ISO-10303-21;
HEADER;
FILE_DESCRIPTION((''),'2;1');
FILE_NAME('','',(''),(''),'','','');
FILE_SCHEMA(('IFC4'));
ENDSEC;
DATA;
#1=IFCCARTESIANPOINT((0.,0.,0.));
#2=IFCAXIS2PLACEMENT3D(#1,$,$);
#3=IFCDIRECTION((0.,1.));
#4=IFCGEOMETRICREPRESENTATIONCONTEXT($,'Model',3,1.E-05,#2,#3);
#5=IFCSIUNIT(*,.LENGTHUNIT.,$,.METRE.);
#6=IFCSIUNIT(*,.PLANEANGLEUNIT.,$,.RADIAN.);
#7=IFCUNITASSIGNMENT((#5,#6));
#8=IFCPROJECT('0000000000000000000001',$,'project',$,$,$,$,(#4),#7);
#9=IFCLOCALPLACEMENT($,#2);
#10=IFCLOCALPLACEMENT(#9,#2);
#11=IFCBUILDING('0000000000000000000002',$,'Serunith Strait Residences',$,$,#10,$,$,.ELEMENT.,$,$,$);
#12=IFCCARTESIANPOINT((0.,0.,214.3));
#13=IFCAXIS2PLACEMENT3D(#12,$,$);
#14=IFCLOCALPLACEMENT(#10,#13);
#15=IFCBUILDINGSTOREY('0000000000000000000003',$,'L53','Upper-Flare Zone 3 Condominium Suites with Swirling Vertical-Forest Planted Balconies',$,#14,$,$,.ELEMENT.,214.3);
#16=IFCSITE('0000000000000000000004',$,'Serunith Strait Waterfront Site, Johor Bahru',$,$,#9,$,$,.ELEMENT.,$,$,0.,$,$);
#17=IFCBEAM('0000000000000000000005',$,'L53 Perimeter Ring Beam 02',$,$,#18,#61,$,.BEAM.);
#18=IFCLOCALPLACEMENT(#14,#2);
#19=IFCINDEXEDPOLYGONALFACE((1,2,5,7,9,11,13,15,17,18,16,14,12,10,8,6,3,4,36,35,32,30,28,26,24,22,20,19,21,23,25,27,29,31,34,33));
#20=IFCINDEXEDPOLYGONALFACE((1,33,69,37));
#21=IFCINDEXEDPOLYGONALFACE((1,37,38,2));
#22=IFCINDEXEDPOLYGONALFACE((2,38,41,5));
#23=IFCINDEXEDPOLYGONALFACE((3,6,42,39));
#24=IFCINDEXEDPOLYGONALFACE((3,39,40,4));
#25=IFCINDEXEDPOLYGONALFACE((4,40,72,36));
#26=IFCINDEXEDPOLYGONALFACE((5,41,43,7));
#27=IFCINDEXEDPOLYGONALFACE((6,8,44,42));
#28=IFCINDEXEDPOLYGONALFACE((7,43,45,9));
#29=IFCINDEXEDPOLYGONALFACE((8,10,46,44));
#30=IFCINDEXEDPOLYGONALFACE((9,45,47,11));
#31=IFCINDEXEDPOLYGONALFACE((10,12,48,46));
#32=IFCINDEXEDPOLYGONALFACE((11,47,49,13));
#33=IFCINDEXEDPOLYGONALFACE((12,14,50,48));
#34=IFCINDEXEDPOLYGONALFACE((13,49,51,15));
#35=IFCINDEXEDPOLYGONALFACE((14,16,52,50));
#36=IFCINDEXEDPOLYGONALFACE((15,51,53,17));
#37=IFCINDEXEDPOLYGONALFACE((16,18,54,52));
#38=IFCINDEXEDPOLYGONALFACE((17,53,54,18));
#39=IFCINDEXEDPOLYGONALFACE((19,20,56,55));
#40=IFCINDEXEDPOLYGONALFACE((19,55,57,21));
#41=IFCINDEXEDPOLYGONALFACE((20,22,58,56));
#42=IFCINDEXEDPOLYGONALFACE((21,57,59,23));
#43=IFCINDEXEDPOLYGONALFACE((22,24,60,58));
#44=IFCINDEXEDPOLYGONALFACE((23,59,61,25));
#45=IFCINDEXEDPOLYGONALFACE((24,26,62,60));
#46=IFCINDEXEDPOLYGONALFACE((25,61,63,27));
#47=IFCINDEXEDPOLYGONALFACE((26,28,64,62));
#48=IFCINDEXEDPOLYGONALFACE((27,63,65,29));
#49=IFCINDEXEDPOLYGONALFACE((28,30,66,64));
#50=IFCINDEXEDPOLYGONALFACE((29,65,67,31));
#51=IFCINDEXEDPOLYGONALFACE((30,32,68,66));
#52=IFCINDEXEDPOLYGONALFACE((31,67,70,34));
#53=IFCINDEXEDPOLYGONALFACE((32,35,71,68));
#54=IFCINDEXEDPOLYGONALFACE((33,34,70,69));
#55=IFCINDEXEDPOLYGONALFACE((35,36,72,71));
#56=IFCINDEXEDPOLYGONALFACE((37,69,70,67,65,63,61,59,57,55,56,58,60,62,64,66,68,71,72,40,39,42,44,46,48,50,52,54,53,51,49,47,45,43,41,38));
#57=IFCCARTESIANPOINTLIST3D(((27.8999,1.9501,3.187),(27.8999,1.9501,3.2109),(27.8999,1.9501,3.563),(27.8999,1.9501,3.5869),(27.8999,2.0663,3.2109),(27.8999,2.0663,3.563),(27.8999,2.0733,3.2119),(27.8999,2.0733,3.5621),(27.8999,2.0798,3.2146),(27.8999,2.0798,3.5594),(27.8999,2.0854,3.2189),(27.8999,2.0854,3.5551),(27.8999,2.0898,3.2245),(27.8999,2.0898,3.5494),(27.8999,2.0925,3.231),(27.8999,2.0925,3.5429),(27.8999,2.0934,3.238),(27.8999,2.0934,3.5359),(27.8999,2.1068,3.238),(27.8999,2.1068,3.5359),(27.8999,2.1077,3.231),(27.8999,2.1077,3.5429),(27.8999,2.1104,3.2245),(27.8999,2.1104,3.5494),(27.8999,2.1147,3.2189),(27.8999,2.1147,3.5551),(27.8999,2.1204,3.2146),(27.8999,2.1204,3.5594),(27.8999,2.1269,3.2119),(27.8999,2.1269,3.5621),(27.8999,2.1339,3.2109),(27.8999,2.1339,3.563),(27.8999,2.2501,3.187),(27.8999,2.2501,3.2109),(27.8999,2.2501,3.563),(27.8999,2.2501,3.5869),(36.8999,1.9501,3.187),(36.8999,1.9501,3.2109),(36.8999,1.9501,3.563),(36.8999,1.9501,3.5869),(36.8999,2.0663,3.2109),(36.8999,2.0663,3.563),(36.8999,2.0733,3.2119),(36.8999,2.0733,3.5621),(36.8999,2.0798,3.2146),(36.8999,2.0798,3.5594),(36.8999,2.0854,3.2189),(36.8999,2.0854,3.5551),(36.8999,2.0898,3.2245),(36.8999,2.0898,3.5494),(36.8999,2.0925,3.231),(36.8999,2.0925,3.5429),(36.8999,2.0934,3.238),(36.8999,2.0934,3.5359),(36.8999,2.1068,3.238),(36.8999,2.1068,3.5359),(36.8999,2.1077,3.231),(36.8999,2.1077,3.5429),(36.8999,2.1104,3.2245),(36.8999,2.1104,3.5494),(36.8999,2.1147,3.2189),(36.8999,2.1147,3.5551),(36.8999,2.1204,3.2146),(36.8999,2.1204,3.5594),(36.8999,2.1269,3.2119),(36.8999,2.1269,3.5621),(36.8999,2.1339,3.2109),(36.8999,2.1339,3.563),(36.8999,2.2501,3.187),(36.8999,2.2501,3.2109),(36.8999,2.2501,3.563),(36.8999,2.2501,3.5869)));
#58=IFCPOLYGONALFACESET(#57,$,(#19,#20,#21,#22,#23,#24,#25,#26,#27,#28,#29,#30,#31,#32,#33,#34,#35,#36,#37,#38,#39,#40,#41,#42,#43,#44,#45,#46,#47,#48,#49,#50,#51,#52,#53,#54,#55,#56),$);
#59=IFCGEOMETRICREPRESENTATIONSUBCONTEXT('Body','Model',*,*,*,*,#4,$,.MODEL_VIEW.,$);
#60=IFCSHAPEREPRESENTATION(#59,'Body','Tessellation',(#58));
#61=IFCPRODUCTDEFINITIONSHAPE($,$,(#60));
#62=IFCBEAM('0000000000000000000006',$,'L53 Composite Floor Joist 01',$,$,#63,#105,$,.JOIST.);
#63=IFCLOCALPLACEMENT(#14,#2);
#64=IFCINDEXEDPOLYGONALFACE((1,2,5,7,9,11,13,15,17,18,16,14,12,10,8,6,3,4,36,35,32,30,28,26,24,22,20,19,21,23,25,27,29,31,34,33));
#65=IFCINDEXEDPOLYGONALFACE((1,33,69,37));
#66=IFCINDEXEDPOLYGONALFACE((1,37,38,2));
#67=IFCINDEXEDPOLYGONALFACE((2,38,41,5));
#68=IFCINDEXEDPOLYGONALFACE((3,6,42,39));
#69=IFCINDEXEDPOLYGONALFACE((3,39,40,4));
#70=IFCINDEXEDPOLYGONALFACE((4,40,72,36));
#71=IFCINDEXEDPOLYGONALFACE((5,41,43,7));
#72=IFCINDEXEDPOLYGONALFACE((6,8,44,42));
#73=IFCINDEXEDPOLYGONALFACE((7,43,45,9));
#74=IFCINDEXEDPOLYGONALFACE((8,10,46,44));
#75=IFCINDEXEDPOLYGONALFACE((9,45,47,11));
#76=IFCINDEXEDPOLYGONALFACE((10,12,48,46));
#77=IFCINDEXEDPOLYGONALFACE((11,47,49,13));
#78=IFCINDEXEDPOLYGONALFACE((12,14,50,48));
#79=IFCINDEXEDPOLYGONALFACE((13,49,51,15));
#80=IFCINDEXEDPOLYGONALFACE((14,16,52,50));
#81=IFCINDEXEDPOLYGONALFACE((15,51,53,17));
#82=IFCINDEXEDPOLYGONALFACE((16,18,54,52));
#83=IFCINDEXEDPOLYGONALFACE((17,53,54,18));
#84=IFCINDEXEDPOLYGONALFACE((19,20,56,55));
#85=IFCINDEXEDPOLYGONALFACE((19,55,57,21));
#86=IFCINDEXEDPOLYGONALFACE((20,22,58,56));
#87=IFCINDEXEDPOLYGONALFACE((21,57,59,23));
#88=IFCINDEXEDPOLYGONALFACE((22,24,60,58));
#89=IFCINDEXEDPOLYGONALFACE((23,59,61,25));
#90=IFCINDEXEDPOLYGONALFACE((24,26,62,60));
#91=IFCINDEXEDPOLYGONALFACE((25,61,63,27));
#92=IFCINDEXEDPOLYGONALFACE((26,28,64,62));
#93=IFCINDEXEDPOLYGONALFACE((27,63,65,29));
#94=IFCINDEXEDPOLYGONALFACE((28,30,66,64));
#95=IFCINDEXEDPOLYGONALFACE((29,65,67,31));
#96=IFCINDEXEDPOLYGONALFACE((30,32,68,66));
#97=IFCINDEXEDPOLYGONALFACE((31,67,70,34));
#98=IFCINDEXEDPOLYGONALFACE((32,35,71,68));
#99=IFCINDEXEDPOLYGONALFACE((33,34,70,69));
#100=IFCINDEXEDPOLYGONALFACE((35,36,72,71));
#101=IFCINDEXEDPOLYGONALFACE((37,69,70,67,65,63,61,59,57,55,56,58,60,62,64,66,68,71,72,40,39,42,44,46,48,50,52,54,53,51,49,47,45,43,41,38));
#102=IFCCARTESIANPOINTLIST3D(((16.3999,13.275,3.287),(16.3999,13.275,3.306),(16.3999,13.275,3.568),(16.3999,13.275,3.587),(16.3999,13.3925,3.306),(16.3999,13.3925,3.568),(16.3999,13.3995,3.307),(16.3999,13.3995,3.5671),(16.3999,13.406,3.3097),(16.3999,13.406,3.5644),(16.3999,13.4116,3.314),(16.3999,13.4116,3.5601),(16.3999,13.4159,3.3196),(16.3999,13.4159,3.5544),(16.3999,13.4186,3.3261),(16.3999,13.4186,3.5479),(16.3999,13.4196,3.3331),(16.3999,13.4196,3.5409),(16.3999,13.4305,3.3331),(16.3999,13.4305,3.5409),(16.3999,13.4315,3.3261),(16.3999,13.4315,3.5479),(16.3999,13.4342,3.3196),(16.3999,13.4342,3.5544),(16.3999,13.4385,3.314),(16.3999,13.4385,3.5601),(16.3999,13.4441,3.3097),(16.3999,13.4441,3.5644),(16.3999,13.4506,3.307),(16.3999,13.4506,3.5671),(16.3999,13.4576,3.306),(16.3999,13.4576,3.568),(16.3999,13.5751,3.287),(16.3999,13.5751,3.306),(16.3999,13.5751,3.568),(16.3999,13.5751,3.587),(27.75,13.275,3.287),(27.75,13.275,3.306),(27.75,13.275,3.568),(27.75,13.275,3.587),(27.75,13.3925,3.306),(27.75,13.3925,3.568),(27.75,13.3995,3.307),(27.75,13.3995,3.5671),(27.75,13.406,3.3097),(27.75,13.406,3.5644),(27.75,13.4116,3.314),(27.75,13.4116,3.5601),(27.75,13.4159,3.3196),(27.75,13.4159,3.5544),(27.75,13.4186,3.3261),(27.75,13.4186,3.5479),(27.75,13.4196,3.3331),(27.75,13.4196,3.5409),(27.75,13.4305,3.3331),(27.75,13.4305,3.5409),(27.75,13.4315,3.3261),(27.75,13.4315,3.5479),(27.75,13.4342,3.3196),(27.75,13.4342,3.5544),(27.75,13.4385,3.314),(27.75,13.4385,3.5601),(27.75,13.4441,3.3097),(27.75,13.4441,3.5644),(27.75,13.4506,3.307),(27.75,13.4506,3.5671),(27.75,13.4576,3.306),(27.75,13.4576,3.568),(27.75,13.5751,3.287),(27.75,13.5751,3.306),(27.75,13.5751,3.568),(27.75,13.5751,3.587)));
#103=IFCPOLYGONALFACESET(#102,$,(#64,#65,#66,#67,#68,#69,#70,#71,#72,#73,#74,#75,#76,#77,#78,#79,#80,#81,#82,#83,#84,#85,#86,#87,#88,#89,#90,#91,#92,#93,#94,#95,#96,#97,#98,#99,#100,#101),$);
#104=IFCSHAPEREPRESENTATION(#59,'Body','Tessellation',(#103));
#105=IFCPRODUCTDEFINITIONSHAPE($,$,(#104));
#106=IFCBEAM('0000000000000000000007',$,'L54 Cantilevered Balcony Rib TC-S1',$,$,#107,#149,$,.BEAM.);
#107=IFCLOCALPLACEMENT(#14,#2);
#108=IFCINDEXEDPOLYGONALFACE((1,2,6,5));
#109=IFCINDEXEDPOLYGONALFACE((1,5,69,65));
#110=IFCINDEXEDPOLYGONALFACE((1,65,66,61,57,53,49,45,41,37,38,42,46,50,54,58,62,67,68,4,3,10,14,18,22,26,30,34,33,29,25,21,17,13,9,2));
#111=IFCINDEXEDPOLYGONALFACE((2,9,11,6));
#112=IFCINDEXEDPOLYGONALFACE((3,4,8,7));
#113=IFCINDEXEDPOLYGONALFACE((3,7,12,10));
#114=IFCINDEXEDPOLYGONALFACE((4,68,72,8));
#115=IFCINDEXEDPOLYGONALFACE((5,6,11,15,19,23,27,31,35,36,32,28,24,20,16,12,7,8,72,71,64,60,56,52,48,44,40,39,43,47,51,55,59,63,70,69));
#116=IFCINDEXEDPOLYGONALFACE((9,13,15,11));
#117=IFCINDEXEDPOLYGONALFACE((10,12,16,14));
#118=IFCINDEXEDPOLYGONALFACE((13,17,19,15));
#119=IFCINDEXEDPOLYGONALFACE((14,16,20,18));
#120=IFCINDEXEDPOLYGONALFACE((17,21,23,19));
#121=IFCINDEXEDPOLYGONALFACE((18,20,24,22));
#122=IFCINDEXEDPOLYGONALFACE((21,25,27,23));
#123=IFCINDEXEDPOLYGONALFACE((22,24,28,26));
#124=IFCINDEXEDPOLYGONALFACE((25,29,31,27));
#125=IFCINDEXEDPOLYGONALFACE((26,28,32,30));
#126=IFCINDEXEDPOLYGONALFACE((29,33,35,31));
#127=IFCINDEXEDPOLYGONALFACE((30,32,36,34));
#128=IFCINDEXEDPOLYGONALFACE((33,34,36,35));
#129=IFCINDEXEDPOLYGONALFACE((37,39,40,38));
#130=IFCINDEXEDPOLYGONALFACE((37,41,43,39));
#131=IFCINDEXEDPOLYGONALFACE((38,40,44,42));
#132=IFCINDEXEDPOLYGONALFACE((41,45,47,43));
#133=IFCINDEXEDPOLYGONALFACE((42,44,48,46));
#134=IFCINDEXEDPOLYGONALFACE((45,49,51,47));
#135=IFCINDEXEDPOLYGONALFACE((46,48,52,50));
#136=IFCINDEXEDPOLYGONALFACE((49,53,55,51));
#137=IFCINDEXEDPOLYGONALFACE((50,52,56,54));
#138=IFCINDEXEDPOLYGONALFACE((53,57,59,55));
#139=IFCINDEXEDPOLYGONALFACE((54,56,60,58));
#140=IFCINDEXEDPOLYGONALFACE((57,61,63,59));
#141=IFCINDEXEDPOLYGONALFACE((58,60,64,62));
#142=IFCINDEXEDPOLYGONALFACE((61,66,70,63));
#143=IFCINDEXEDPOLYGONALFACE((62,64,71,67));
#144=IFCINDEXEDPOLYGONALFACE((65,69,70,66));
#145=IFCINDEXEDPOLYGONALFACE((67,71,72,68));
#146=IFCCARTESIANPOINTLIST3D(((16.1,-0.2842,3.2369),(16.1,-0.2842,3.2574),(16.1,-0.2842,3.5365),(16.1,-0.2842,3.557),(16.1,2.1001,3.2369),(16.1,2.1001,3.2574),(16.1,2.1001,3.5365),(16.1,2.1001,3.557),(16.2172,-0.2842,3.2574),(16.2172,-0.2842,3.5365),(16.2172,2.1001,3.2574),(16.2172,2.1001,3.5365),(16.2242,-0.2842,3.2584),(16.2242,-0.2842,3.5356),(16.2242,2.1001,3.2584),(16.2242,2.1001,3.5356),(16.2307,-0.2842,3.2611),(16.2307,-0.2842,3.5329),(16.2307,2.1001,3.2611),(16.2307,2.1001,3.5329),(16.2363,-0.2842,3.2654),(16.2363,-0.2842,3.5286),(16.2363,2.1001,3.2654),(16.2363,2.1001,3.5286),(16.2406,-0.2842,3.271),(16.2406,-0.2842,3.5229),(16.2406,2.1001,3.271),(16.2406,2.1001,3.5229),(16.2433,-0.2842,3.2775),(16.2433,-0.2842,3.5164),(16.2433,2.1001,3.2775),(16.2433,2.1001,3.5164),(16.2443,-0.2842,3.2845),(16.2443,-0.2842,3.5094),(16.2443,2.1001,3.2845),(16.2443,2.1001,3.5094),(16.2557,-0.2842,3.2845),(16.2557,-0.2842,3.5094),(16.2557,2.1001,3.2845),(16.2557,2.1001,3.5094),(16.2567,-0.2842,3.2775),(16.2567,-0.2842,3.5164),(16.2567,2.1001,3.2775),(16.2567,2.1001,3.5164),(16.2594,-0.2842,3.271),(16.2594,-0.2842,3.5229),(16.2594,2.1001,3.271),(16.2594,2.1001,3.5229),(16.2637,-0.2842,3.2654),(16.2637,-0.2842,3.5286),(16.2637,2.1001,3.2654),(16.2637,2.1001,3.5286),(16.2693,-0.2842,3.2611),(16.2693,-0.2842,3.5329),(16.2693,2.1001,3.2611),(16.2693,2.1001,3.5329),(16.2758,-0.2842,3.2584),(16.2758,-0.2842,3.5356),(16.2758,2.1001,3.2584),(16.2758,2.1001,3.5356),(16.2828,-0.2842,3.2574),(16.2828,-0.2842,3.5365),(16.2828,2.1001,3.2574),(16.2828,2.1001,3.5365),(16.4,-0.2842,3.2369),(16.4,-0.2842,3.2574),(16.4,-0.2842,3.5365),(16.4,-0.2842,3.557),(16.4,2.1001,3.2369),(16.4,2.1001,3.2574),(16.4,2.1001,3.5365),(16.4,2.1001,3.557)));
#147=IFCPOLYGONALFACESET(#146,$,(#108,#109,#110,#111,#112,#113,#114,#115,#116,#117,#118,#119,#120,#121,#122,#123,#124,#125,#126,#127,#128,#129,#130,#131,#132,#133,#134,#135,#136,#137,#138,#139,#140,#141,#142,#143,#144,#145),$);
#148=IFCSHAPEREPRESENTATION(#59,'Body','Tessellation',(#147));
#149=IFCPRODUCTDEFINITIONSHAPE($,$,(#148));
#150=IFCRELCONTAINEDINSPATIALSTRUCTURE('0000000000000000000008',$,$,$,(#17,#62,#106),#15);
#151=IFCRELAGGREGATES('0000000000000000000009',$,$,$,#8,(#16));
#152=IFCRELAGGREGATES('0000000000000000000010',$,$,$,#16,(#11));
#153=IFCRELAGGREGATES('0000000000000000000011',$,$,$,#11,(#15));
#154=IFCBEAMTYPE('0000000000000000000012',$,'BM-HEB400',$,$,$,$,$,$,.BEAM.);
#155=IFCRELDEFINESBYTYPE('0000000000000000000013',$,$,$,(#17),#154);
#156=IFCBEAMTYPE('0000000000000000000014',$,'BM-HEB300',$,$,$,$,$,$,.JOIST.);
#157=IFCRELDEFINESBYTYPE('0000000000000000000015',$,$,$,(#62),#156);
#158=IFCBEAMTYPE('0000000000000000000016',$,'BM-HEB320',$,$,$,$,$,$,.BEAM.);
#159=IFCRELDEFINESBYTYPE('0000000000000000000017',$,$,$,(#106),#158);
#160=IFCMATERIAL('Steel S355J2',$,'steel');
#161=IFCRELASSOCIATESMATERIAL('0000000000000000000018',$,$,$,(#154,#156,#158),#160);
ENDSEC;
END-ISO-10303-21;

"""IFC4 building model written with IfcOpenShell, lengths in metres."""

from ifc_helpers import new_model, si_unit, direction, frame, origin, origin_2d, place, context, subcontext, project, spatial, i_section, extrude, source, transform, mapped, material, material_profile, profile_set, type_object, element, save


model = new_model("IFC4")

# Units and contexts
model_context = context("Model", 3, precision=1e-05, world=origin(), true_north=direction((0.0, 1.0)))
body_context = subcontext(model_context, "Body", "Model", "MODEL_VIEW")
ifc_project = project(units=[si_unit("LENGTHUNIT", "METRE"), si_unit("PLANEANGLEUNIT", "RADIAN")], contexts=[model_context])

# Site, building, storey
site_placement = place(None, origin())
site = spatial("IfcSite", under=ifc_project, at=site_placement, Name="Serunith Strait Waterfront Site, Johor Bahru", CompositionType="ELEMENT", RefElevation=0.0)
building_placement = place(site_placement, origin())
building = spatial("IfcBuilding", under=site, at=building_placement, Name="Serunith Strait Residences", CompositionType="ELEMENT")
storey_placement = place(building_placement, frame((0.0, 0.0, 214.3)))
storey = spatial("IfcBuildingStorey", under=building, at=storey_placement, Name="L53", Description="Upper-Flare Zone 3 Condominium Suites with Swirling Vertical-Forest Planted Balconies", CompositionType="ELEMENT", Elevation=214.3)

# Beams
ifc_material_1 = material(Name="Steel S355J2", Category="steel")
ifc_material_profile_1 = material_profile(ifc_material_1, i_section(OverallWidth=0.3, OverallDepth=0.3999, WebThickness=0.0134, FlangeThickness=0.0239, FilletRadius=0.0271, at=origin_2d()), Name="HEB 400")
ifc_profile_set_1 = profile_set([ifc_material_profile_1], Name="Steel S355J2")
beam_type_1 = type_object("IfcBeamType", Name="BM-HEB400", PredefinedType="BEAM", material=ifc_profile_set_1)
shared_shape_1 = source(origin(), body_context, "Body", "SweptSolid", [
    extrude(i_section(OverallWidth=0.3, OverallDepth=0.3999, WebThickness=0.0134, FlangeThickness=0.0239, FilletRadius=0.0271, at=origin_2d()), origin(), (0.0, 0.0, 1.0), 9.0),
])
beam_1_placement = place(storey_placement, frame((27.8999, 2.1001, 3.387), z_axis=(1.0, 0.0, 0.0), x_axis=(0.0, 1.0, 0.0)))
element("IfcBeam", 1, at=beam_1_placement, inside=storey, type_object=beam_type_1, Name="L53 Perimeter Ring Beam 02", PredefinedType="BEAM", context=body_context, shape_type="MappedRepresentation", body=[
    mapped(shared_shape_1, transform((0.0, 0.0, 0.0), scale=1.0)),
])
ifc_material_profile_2 = material_profile(ifc_material_1, i_section(OverallWidth=0.3, OverallDepth=0.3, WebThickness=0.011, FlangeThickness=0.019, FilletRadius=0.0271, at=origin_2d()), Name="HEB 300")
ifc_profile_set_2 = profile_set([ifc_material_profile_2], Name="Steel S355J2")
beam_type_2 = type_object("IfcBeamType", Name="BM-HEB300", PredefinedType="JOIST", material=ifc_profile_set_2)
shared_shape_2 = source(origin(), body_context, "Body", "SweptSolid", [
    extrude(i_section(OverallWidth=0.3, OverallDepth=0.3, WebThickness=0.011, FlangeThickness=0.019, FilletRadius=0.0271, at=origin_2d()), origin(), (0.0, 0.0, 1.0), 11.3501),
])
beam_2_placement = place(storey_placement, frame((16.3999, 13.425, 3.437), z_axis=(1.0, 0.0, 0.0), x_axis=(0.0, 1.0, 0.0)))
element("IfcBeam", 2, at=beam_2_placement, inside=storey, type_object=beam_type_2, Name="L53 Composite Floor Joist 01", PredefinedType="JOIST", context=body_context, shape_type="MappedRepresentation", body=[
    mapped(shared_shape_2, transform((0.0, 0.0, 0.0), scale=1.0)),
])
ifc_material_profile_3 = material_profile(ifc_material_1, i_section(OverallWidth=0.3, OverallDepth=0.3201, WebThickness=0.0115, FlangeThickness=0.0205, FilletRadius=0.0271, at=origin_2d()), Name="HEB 320")
ifc_profile_set_3 = profile_set([ifc_material_profile_3], Name="Steel S355J2")
beam_type_3 = type_object("IfcBeamType", Name="BM-HEB320", PredefinedType="BEAM", material=ifc_profile_set_3)
shared_shape_3 = source(origin(), body_context, "Body", "SweptSolid", [
    extrude(i_section(OverallWidth=0.3, OverallDepth=0.3201, WebThickness=0.0115, FlangeThickness=0.0205, FilletRadius=0.0271, at=origin_2d()), origin(), (0.0, 0.0, 1.0), 2.3843),
])
beam_3_placement = place(storey_placement, frame((16.25, 2.1001, 3.397), z_axis=(0.0, -1.0, 0.0), x_axis=(1.0, 0.0, 0.0)))
element("IfcBeam", 3, at=beam_3_placement, inside=storey, type_object=beam_type_3, Name="L54 Cantilevered Balcony Rib TC-S1", PredefinedType="BEAM", context=body_context, shape_type="MappedRepresentation", body=[
    mapped(shared_shape_3, transform((0.0, 0.0, 0.0), scale=1.0)),
])

save(model, "model.ifc")
